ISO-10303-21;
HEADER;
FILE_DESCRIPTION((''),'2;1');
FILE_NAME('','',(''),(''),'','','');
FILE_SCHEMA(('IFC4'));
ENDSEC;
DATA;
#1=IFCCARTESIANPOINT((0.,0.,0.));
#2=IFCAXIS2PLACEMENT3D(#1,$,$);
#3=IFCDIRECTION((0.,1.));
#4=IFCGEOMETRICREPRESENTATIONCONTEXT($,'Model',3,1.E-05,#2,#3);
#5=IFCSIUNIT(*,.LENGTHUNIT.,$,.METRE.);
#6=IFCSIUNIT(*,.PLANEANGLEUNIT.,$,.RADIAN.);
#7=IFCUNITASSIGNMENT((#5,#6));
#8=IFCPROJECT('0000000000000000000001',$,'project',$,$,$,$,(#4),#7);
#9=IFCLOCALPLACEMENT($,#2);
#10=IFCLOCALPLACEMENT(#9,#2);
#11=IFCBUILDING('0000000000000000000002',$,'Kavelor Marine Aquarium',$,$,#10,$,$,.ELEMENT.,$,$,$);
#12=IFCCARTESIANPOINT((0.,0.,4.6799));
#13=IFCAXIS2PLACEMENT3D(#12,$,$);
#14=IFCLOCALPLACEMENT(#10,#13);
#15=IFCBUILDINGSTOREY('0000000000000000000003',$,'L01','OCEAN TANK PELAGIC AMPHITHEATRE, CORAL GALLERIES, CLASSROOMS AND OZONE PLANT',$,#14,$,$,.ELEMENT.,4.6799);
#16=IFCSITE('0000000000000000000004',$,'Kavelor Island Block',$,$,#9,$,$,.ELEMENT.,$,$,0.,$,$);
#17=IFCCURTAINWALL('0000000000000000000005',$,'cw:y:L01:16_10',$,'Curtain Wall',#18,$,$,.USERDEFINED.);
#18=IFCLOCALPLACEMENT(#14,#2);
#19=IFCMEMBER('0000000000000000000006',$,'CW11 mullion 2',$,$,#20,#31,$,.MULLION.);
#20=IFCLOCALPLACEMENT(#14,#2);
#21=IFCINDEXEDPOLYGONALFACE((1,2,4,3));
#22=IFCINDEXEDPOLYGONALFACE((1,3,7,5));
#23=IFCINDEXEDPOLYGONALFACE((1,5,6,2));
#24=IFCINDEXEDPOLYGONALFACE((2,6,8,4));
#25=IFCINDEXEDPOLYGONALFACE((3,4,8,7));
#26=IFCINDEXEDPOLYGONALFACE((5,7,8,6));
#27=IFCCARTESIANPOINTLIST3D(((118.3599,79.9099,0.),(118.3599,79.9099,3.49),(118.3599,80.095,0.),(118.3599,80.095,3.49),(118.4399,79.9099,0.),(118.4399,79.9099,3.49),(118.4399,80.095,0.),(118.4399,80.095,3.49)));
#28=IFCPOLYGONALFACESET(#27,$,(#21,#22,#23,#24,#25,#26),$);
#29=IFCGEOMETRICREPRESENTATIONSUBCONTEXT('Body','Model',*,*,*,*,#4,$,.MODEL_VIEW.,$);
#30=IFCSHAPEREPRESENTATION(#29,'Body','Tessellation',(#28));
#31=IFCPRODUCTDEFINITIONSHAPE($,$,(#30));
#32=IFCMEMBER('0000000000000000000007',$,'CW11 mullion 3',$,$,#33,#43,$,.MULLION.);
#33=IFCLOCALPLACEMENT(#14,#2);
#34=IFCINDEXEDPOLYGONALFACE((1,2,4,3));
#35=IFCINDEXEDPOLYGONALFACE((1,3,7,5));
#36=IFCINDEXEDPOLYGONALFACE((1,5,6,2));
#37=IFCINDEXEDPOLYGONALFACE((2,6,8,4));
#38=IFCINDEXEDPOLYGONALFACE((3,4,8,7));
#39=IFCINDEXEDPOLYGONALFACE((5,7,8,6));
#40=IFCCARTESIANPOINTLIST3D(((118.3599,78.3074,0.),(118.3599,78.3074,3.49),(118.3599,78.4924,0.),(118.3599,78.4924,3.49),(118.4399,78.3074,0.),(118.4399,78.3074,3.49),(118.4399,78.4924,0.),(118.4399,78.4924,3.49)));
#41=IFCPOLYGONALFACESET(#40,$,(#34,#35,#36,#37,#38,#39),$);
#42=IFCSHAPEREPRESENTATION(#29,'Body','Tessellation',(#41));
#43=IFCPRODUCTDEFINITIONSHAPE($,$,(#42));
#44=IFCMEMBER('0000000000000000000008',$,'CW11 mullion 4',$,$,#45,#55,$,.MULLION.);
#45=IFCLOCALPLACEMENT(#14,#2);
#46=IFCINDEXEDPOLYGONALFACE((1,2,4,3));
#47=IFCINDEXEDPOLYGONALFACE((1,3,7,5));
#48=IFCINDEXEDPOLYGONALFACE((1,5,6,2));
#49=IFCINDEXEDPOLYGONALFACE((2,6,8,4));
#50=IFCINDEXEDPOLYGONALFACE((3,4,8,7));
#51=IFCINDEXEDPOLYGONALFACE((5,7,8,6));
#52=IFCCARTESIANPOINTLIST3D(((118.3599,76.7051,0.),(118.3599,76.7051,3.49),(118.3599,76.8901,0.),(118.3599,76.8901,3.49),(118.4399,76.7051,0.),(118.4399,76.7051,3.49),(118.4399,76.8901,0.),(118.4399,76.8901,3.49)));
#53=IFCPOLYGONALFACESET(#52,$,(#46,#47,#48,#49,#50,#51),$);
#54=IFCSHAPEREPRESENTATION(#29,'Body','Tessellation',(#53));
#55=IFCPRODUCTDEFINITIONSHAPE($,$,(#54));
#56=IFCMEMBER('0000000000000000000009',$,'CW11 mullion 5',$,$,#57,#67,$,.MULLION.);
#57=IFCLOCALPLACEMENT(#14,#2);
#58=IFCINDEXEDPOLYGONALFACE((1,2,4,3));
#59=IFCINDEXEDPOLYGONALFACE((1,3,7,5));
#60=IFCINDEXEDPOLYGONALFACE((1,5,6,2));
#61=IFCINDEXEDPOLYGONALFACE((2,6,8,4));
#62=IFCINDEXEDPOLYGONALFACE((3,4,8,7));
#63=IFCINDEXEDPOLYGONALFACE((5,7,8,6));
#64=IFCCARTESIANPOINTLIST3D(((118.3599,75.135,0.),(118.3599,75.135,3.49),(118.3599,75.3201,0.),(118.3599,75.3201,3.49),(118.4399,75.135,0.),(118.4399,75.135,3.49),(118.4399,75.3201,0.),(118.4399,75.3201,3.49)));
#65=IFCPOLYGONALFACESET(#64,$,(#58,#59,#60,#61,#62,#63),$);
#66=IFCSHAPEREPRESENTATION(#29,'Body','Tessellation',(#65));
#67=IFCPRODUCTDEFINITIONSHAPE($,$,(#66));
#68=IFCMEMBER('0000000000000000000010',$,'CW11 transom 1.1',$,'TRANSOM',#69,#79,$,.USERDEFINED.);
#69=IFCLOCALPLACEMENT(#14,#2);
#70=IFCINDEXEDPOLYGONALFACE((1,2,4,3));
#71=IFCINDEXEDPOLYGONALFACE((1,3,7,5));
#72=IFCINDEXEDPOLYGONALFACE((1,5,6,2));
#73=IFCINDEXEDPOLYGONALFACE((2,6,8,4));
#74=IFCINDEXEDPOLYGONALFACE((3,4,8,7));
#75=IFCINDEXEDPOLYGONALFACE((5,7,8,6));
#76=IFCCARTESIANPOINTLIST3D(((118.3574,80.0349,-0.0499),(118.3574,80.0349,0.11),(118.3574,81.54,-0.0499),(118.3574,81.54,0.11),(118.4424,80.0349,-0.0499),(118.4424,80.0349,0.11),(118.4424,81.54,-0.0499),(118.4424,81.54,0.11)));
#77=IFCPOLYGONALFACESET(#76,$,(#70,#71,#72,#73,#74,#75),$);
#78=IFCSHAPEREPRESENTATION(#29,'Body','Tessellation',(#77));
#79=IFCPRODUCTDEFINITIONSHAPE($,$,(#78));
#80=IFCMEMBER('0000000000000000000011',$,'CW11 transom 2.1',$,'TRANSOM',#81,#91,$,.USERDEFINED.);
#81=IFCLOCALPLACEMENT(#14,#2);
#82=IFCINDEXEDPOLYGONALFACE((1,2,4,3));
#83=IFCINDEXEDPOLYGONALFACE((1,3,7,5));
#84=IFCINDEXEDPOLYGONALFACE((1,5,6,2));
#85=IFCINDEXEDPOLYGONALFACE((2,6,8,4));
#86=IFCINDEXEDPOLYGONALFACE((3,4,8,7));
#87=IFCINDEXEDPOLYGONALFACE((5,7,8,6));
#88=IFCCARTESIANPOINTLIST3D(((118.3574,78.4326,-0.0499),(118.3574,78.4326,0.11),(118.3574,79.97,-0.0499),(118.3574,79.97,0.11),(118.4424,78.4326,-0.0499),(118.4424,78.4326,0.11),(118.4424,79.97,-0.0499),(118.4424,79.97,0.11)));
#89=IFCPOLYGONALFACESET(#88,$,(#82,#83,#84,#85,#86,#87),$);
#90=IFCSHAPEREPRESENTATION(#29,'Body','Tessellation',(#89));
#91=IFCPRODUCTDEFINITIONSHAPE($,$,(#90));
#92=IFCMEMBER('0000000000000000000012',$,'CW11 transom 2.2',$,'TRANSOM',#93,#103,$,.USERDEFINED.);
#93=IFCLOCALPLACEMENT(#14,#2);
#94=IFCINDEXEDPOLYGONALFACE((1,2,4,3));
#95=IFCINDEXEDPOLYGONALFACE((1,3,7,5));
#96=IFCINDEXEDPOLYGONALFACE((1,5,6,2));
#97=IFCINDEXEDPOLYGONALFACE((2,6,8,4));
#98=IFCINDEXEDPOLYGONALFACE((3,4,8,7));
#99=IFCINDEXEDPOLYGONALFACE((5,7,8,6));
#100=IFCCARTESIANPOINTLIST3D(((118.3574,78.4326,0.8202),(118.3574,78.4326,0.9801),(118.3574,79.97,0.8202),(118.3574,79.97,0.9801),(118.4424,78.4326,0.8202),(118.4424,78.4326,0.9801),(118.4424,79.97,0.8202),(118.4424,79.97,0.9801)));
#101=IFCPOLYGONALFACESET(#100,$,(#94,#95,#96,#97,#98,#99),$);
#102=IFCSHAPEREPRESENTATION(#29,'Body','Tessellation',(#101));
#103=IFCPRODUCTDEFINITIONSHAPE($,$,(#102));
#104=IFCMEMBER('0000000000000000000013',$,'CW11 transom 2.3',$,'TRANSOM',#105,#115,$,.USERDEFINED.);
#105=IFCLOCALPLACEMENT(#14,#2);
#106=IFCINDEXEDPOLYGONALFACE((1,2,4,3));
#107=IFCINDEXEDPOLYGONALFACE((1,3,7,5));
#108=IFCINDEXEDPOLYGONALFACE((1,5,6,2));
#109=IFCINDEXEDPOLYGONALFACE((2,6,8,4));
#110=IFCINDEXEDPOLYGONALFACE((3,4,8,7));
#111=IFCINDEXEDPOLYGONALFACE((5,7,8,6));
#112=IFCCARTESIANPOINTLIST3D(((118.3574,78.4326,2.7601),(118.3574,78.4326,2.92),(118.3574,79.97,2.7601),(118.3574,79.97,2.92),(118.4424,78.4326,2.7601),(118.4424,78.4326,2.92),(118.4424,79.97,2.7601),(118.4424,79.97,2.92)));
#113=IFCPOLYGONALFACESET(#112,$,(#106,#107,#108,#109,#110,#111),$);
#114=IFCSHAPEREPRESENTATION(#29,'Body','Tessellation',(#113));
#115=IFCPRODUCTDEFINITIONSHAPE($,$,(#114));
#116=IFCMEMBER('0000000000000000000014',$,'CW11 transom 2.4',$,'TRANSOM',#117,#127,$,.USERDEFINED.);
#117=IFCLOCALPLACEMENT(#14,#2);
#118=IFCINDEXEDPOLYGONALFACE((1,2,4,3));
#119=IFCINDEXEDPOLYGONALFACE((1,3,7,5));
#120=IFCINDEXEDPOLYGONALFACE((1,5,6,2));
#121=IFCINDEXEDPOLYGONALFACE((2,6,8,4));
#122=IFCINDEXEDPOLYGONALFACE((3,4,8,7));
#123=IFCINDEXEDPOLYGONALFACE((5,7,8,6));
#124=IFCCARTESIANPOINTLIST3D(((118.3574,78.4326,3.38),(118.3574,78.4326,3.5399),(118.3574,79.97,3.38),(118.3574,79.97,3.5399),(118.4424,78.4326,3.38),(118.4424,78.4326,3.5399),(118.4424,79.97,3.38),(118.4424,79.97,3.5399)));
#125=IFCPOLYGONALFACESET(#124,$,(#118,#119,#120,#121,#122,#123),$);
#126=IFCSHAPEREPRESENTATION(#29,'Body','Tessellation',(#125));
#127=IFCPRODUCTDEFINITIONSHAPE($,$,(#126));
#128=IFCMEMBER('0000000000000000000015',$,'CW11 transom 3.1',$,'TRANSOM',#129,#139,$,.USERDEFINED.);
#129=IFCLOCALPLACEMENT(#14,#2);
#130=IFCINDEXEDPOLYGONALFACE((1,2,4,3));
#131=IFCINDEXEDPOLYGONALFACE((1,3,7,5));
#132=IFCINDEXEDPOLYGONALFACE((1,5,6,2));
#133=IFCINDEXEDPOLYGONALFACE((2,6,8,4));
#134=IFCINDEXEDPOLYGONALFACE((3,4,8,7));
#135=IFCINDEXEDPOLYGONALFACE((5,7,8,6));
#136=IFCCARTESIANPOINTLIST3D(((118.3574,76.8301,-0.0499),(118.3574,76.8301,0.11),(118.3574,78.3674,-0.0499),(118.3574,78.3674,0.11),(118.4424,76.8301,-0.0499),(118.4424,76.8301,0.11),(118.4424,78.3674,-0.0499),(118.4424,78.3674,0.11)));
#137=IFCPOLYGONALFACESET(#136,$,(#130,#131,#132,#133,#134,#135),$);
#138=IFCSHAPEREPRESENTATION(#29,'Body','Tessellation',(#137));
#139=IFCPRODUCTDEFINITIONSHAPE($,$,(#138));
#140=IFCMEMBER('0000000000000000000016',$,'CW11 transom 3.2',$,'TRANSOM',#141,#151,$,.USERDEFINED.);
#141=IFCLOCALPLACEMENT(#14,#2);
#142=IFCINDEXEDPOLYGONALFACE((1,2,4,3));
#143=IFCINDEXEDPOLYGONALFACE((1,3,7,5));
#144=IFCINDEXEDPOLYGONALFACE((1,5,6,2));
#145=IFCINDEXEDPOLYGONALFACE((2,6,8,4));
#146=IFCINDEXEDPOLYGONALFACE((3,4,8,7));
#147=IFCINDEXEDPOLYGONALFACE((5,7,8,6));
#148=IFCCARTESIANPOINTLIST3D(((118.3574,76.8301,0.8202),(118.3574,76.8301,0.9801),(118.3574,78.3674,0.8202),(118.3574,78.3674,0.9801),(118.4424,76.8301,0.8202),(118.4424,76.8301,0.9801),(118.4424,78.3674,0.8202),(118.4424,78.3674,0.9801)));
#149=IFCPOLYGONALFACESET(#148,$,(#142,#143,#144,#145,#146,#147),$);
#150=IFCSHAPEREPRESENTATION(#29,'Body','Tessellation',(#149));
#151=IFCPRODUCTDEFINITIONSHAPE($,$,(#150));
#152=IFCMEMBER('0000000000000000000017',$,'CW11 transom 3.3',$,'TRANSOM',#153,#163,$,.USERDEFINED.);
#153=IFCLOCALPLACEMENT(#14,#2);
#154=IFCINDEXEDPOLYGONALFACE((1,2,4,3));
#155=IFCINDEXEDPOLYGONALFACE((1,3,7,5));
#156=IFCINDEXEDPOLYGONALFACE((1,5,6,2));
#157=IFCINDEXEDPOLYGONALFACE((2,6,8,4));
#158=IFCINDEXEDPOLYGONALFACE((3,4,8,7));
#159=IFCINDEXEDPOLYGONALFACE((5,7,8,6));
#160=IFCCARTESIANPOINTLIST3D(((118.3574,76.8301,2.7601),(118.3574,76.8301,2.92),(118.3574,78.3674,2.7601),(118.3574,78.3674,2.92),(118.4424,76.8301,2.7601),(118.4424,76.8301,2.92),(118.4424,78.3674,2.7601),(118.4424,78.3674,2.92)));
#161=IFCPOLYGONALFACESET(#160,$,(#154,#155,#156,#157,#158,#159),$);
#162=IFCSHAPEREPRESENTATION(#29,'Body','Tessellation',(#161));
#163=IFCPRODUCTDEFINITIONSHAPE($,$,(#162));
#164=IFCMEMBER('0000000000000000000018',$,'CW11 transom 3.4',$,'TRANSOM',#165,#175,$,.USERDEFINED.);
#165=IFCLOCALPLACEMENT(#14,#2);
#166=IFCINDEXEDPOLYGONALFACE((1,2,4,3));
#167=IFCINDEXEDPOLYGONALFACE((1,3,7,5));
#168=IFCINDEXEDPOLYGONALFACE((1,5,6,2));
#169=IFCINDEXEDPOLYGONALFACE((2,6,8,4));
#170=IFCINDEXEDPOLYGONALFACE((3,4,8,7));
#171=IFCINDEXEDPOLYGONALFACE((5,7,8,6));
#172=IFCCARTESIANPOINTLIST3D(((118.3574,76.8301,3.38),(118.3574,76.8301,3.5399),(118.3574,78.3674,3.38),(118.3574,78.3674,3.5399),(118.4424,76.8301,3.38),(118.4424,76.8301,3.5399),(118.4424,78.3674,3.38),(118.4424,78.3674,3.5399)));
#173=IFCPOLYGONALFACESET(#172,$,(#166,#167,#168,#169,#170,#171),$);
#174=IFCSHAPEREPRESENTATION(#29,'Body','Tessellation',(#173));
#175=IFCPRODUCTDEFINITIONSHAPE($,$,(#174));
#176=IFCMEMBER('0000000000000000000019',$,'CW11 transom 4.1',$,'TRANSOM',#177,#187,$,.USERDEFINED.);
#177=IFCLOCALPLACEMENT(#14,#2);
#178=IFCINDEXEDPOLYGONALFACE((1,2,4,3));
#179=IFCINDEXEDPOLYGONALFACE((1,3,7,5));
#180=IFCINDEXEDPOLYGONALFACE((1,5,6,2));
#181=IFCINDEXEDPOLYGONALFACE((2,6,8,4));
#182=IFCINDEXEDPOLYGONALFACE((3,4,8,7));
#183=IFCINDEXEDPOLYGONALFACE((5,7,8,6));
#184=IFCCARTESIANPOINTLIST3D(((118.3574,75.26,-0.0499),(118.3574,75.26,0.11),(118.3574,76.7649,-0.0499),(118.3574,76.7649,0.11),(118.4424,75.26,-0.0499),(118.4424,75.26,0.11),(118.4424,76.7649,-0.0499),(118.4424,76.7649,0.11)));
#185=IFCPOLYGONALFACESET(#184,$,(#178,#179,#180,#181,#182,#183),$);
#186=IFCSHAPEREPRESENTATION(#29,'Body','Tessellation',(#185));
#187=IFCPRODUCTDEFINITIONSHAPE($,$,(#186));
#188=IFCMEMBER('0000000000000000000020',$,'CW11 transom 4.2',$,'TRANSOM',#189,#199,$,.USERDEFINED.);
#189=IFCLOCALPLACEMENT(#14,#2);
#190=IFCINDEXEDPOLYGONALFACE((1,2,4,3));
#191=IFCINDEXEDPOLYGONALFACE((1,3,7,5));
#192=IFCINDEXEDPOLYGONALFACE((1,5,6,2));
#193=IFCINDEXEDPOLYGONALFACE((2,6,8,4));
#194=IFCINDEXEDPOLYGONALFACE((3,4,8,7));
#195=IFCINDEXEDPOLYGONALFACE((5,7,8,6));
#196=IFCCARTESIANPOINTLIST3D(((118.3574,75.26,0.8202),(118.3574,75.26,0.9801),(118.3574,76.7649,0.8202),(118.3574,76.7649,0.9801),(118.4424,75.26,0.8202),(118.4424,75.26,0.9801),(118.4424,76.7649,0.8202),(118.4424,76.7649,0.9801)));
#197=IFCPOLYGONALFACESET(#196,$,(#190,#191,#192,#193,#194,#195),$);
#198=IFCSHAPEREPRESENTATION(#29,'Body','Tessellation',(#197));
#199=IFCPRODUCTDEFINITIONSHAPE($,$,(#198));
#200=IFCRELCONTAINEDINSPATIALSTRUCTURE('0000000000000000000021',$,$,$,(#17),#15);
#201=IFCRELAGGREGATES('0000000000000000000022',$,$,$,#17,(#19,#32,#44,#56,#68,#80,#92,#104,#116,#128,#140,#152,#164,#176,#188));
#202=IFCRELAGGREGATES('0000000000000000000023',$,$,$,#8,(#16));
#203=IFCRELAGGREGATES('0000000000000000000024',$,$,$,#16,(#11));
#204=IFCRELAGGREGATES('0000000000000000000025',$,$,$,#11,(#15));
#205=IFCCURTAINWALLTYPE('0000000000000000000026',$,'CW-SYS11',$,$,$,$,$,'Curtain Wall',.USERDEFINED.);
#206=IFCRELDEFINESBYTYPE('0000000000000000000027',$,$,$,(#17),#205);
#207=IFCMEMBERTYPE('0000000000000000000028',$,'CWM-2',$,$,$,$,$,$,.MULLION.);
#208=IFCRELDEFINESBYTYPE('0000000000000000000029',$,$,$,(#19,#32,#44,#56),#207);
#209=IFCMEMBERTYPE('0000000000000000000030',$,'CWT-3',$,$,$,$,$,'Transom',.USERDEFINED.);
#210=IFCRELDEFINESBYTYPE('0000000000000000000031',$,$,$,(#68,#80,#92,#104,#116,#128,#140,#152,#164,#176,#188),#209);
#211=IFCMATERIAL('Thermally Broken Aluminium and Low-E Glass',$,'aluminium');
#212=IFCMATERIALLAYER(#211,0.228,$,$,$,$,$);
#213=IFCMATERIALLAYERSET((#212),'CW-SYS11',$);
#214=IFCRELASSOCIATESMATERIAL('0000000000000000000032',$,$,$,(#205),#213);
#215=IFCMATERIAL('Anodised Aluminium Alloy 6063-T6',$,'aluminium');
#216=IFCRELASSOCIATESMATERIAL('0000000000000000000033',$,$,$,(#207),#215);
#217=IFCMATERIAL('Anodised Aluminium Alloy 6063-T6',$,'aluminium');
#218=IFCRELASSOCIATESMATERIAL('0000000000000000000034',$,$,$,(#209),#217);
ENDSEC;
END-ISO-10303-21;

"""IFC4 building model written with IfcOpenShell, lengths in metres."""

from ifc_helpers import new_model, si_unit, direction, frame, origin, origin_2d, place, context, subcontext, project, spatial, rectangle, extrude, material, layer, layer_set, material_profile, profile_set, type_object, element, aggregate, save


model = new_model("IFC4")

# Units and contexts
model_context = context("Model", 3, precision=1e-05, world=origin(), true_north=direction((0.0, 1.0)))
body_context = subcontext(model_context, "Body", "Model", "MODEL_VIEW")
ifc_project = project(units=[si_unit("LENGTHUNIT", "METRE"), si_unit("PLANEANGLEUNIT", "RADIAN")], contexts=[model_context])

# Site, building, storey
site_placement = place(None, origin())
site = spatial("IfcSite", under=ifc_project, at=site_placement, Name="Kavelor Island Block", CompositionType="ELEMENT", RefElevation=0.0)
building_placement = place(site_placement, origin())
building = spatial("IfcBuilding", under=site, at=building_placement, Name="Kavelor Marine Aquarium", CompositionType="ELEMENT")
storey_placement = place(building_placement, frame((0.0, 0.0, 4.6799)))
storey = spatial("IfcBuildingStorey", under=building, at=storey_placement, Name="L01", Description="OCEAN TANK PELAGIC AMPHITHEATRE, CORAL GALLERIES, CLASSROOMS AND OZONE PLANT", CompositionType="ELEMENT", Elevation=4.6799)

# Curtain wall, members
ifc_material_1 = material(Name="Thermally Broken Aluminium and Low-E Glass", Category="aluminium")
ifc_layer_1 = layer(ifc_material_1, 0.228)
ifc_layer_set_1 = layer_set([ifc_layer_1], Name="CW-SYS11")
curtain_wall_type = type_object("IfcCurtainWallType", Name="CW-SYS11", ElementType="Curtain Wall", PredefinedType="USERDEFINED", material=ifc_layer_set_1)
curtain_wall_placement = place(storey_placement, origin())
curtain_wall = element("IfcCurtainWall", 1, at=curtain_wall_placement, inside=storey, type_object=curtain_wall_type, Name="cw:y:L01:16_10", ObjectType="Curtain Wall", PredefinedType="USERDEFINED")
ifc_material_2 = material(Name="Anodised Aluminium Alloy 6063-T6", Category="aluminium")
ifc_material_profile_1 = material_profile(ifc_material_2, rectangle(XDim=0.0801, YDim=0.1851, at=origin_2d()), Name="CW-MUL 80x185")
ifc_profile_set_1 = profile_set([ifc_material_profile_1], Name="Anodised Aluminium Alloy 6063-T6")
member_type_1 = type_object("IfcMemberType", Name="CWM-2", PredefinedType="MULLION", material=ifc_profile_set_1)
member_1_placement = place(storey_placement, frame((118.3999, 80.0024, 0.0), z_axis=(0.0, 0.0, 1.0), x_axis=(1.0, 0.0, 0.0)))
member_1 = element("IfcMember", 2, at=member_1_placement, type_object=member_type_1, Name="CW11 mullion 2", PredefinedType="MULLION", context=body_context, shape_type="SweptSolid", body=[
    extrude(rectangle(XDim=0.0801, YDim=0.1851, at=origin_2d()), origin(), (0.0, 0.0, 1.0), 3.49),
])
member_2_placement = place(storey_placement, frame((118.3999, 78.3999, 0.0), z_axis=(0.0, 0.0, 1.0), x_axis=(1.0, 0.0, 0.0)))
member_2 = element("IfcMember", 3, at=member_2_placement, type_object=member_type_1, Name="CW11 mullion 3", PredefinedType="MULLION", context=body_context, shape_type="SweptSolid", body=[
    extrude(rectangle(XDim=0.0801, YDim=0.1851, at=origin_2d()), origin(), (0.0, 0.0, 1.0), 3.49),
])
member_3_placement = place(storey_placement, frame((118.3999, 76.7976, 0.0), z_axis=(0.0, 0.0, 1.0), x_axis=(1.0, 0.0, 0.0)))
member_3 = element("IfcMember", 4, at=member_3_placement, type_object=member_type_1, Name="CW11 mullion 4", PredefinedType="MULLION", context=body_context, shape_type="SweptSolid", body=[
    extrude(rectangle(XDim=0.0801, YDim=0.1851, at=origin_2d()), origin(), (0.0, 0.0, 1.0), 3.49),
])
member_4_placement = place(storey_placement, frame((118.3999, 75.2275, 0.0), z_axis=(0.0, 0.0, 1.0), x_axis=(1.0, 0.0, 0.0)))
member_4 = element("IfcMember", 5, at=member_4_placement, type_object=member_type_1, Name="CW11 mullion 5", PredefinedType="MULLION", context=body_context, shape_type="SweptSolid", body=[
    extrude(rectangle(XDim=0.0801, YDim=0.1851, at=origin_2d()), origin(), (0.0, 0.0, 1.0), 3.49),
])
ifc_material_3 = material(Name="Anodised Aluminium Alloy 6063-T6", Category="aluminium")
ifc_material_profile_2 = material_profile(ifc_material_3, rectangle(XDim=0.085, YDim=0.1599, at=origin_2d()), Name="CW-TRN 85x160")
ifc_profile_set_2 = profile_set([ifc_material_profile_2], Name="Anodised Aluminium Alloy 6063-T6")
member_type_2 = type_object("IfcMemberType", Name="CWT-3", ElementType="Transom", PredefinedType="USERDEFINED", material=ifc_profile_set_2)
member_5_placement = place(storey_placement, frame((118.3999, 81.54, 0.03), z_axis=(0.0, -1.0, 0.0), x_axis=(1.0, 0.0, 0.0)))
member_5 = element("IfcMember", 6, at=member_5_placement, type_object=member_type_2, Name="CW11 transom 1.1", ObjectType="TRANSOM", PredefinedType="USERDEFINED", context=body_context, shape_type="SweptSolid", body=[
    extrude(rectangle(XDim=0.085, YDim=0.1599, at=origin_2d()), origin(), (0.0, 0.0, 1.0), 1.5051),
])
member_6_placement = place(storey_placement, frame((118.3999, 79.97, 0.03), z_axis=(0.0, -1.0, 0.0), x_axis=(1.0, 0.0, 0.0)))
member_6 = element("IfcMember", 7, at=member_6_placement, type_object=member_type_2, Name="CW11 transom 2.1", ObjectType="TRANSOM", PredefinedType="USERDEFINED", context=body_context, shape_type="SweptSolid", body=[
    extrude(rectangle(XDim=0.085, YDim=0.1599, at=origin_2d()), origin(), (0.0, 0.0, 1.0), 1.5374),
])
member_7_placement = place(storey_placement, frame((118.3999, 79.97, 0.9001), z_axis=(0.0, -1.0, 0.0), x_axis=(1.0, 0.0, 0.0)))
member_7 = element("IfcMember", 8, at=member_7_placement, type_object=member_type_2, Name="CW11 transom 2.2", ObjectType="TRANSOM", PredefinedType="USERDEFINED", context=body_context, shape_type="SweptSolid", body=[
    extrude(rectangle(XDim=0.085, YDim=0.1599, at=origin_2d()), origin(), (0.0, 0.0, 1.0), 1.5374),
])
member_8_placement = place(storey_placement, frame((118.3999, 79.97, 2.8401), z_axis=(0.0, -1.0, 0.0), x_axis=(1.0, 0.0, 0.0)))
member_8 = element("IfcMember", 9, at=member_8_placement, type_object=member_type_2, Name="CW11 transom 2.3", ObjectType="TRANSOM", PredefinedType="USERDEFINED", context=body_context, shape_type="SweptSolid", body=[
    extrude(rectangle(XDim=0.085, YDim=0.1599, at=origin_2d()), origin(), (0.0, 0.0, 1.0), 1.5374),
])
member_9_placement = place(storey_placement, frame((118.3999, 79.97, 3.46), z_axis=(0.0, -1.0, 0.0), x_axis=(1.0, 0.0, 0.0)))
member_9 = element("IfcMember", 10, at=member_9_placement, type_object=member_type_2, Name="CW11 transom 2.4", ObjectType="TRANSOM", PredefinedType="USERDEFINED", context=body_context, shape_type="SweptSolid", body=[
    extrude(rectangle(XDim=0.085, YDim=0.1599, at=origin_2d()), origin(), (0.0, 0.0, 1.0), 1.5374),
])
member_10_placement = place(storey_placement, frame((118.3999, 78.3674, 0.03), z_axis=(0.0, -1.0, 0.0), x_axis=(1.0, 0.0, 0.0)))
member_10 = element("IfcMember", 11, at=member_10_placement, type_object=member_type_2, Name="CW11 transom 3.1", ObjectType="TRANSOM", PredefinedType="USERDEFINED", context=body_context, shape_type="SweptSolid", body=[
    extrude(rectangle(XDim=0.085, YDim=0.1599, at=origin_2d()), origin(), (0.0, 0.0, 1.0), 1.5374),
])
member_11_placement = place(storey_placement, frame((118.3999, 78.3674, 0.9001), z_axis=(0.0, -1.0, 0.0), x_axis=(1.0, 0.0, 0.0)))
member_11 = element("IfcMember", 12, at=member_11_placement, type_object=member_type_2, Name="CW11 transom 3.2", ObjectType="TRANSOM", PredefinedType="USERDEFINED", context=body_context, shape_type="SweptSolid", body=[
    extrude(rectangle(XDim=0.085, YDim=0.1599, at=origin_2d()), origin(), (0.0, 0.0, 1.0), 1.5374),
])
member_12_placement = place(storey_placement, frame((118.3999, 78.3674, 2.8401), z_axis=(0.0, -1.0, 0.0), x_axis=(1.0, 0.0, 0.0)))
member_12 = element("IfcMember", 13, at=member_12_placement, type_object=member_type_2, Name="CW11 transom 3.3", ObjectType="TRANSOM", PredefinedType="USERDEFINED", context=body_context, shape_type="SweptSolid", body=[
    extrude(rectangle(XDim=0.085, YDim=0.1599, at=origin_2d()), origin(), (0.0, 0.0, 1.0), 1.5374),
])
member_13_placement = place(storey_placement, frame((118.3999, 78.3674, 3.46), z_axis=(0.0, -1.0, 0.0), x_axis=(1.0, 0.0, 0.0)))
member_13 = element("IfcMember", 14, at=member_13_placement, type_object=member_type_2, Name="CW11 transom 3.4", ObjectType="TRANSOM", PredefinedType="USERDEFINED", context=body_context, shape_type="SweptSolid", body=[
    extrude(rectangle(XDim=0.085, YDim=0.1599, at=origin_2d()), origin(), (0.0, 0.0, 1.0), 1.5374),
])
member_14_placement = place(storey_placement, frame((118.3999, 76.7649, 0.03), z_axis=(0.0, -1.0, 0.0), x_axis=(1.0, 0.0, 0.0)))
member_14 = element("IfcMember", 15, at=member_14_placement, type_object=member_type_2, Name="CW11 transom 4.1", ObjectType="TRANSOM", PredefinedType="USERDEFINED", context=body_context, shape_type="SweptSolid", body=[
    extrude(rectangle(XDim=0.085, YDim=0.1599, at=origin_2d()), origin(), (0.0, 0.0, 1.0), 1.5049),
])
member_15_placement = place(storey_placement, frame((118.3999, 76.7649, 0.9001), z_axis=(0.0, -1.0, 0.0), x_axis=(1.0, 0.0, 0.0)))
member_15 = element("IfcMember", 16, at=member_15_placement, type_object=member_type_2, Name="CW11 transom 4.2", ObjectType="TRANSOM", PredefinedType="USERDEFINED", context=body_context, shape_type="SweptSolid", body=[
    extrude(rectangle(XDim=0.085, YDim=0.1599, at=origin_2d()), origin(), (0.0, 0.0, 1.0), 1.5049),
])
aggregate(curtain_wall, [member_1, member_2, member_3, member_4, member_5, member_6, member_7, member_8, member_9, member_10, member_11, member_12, member_13, member_14, member_15])

save(model, "model.ifc")
